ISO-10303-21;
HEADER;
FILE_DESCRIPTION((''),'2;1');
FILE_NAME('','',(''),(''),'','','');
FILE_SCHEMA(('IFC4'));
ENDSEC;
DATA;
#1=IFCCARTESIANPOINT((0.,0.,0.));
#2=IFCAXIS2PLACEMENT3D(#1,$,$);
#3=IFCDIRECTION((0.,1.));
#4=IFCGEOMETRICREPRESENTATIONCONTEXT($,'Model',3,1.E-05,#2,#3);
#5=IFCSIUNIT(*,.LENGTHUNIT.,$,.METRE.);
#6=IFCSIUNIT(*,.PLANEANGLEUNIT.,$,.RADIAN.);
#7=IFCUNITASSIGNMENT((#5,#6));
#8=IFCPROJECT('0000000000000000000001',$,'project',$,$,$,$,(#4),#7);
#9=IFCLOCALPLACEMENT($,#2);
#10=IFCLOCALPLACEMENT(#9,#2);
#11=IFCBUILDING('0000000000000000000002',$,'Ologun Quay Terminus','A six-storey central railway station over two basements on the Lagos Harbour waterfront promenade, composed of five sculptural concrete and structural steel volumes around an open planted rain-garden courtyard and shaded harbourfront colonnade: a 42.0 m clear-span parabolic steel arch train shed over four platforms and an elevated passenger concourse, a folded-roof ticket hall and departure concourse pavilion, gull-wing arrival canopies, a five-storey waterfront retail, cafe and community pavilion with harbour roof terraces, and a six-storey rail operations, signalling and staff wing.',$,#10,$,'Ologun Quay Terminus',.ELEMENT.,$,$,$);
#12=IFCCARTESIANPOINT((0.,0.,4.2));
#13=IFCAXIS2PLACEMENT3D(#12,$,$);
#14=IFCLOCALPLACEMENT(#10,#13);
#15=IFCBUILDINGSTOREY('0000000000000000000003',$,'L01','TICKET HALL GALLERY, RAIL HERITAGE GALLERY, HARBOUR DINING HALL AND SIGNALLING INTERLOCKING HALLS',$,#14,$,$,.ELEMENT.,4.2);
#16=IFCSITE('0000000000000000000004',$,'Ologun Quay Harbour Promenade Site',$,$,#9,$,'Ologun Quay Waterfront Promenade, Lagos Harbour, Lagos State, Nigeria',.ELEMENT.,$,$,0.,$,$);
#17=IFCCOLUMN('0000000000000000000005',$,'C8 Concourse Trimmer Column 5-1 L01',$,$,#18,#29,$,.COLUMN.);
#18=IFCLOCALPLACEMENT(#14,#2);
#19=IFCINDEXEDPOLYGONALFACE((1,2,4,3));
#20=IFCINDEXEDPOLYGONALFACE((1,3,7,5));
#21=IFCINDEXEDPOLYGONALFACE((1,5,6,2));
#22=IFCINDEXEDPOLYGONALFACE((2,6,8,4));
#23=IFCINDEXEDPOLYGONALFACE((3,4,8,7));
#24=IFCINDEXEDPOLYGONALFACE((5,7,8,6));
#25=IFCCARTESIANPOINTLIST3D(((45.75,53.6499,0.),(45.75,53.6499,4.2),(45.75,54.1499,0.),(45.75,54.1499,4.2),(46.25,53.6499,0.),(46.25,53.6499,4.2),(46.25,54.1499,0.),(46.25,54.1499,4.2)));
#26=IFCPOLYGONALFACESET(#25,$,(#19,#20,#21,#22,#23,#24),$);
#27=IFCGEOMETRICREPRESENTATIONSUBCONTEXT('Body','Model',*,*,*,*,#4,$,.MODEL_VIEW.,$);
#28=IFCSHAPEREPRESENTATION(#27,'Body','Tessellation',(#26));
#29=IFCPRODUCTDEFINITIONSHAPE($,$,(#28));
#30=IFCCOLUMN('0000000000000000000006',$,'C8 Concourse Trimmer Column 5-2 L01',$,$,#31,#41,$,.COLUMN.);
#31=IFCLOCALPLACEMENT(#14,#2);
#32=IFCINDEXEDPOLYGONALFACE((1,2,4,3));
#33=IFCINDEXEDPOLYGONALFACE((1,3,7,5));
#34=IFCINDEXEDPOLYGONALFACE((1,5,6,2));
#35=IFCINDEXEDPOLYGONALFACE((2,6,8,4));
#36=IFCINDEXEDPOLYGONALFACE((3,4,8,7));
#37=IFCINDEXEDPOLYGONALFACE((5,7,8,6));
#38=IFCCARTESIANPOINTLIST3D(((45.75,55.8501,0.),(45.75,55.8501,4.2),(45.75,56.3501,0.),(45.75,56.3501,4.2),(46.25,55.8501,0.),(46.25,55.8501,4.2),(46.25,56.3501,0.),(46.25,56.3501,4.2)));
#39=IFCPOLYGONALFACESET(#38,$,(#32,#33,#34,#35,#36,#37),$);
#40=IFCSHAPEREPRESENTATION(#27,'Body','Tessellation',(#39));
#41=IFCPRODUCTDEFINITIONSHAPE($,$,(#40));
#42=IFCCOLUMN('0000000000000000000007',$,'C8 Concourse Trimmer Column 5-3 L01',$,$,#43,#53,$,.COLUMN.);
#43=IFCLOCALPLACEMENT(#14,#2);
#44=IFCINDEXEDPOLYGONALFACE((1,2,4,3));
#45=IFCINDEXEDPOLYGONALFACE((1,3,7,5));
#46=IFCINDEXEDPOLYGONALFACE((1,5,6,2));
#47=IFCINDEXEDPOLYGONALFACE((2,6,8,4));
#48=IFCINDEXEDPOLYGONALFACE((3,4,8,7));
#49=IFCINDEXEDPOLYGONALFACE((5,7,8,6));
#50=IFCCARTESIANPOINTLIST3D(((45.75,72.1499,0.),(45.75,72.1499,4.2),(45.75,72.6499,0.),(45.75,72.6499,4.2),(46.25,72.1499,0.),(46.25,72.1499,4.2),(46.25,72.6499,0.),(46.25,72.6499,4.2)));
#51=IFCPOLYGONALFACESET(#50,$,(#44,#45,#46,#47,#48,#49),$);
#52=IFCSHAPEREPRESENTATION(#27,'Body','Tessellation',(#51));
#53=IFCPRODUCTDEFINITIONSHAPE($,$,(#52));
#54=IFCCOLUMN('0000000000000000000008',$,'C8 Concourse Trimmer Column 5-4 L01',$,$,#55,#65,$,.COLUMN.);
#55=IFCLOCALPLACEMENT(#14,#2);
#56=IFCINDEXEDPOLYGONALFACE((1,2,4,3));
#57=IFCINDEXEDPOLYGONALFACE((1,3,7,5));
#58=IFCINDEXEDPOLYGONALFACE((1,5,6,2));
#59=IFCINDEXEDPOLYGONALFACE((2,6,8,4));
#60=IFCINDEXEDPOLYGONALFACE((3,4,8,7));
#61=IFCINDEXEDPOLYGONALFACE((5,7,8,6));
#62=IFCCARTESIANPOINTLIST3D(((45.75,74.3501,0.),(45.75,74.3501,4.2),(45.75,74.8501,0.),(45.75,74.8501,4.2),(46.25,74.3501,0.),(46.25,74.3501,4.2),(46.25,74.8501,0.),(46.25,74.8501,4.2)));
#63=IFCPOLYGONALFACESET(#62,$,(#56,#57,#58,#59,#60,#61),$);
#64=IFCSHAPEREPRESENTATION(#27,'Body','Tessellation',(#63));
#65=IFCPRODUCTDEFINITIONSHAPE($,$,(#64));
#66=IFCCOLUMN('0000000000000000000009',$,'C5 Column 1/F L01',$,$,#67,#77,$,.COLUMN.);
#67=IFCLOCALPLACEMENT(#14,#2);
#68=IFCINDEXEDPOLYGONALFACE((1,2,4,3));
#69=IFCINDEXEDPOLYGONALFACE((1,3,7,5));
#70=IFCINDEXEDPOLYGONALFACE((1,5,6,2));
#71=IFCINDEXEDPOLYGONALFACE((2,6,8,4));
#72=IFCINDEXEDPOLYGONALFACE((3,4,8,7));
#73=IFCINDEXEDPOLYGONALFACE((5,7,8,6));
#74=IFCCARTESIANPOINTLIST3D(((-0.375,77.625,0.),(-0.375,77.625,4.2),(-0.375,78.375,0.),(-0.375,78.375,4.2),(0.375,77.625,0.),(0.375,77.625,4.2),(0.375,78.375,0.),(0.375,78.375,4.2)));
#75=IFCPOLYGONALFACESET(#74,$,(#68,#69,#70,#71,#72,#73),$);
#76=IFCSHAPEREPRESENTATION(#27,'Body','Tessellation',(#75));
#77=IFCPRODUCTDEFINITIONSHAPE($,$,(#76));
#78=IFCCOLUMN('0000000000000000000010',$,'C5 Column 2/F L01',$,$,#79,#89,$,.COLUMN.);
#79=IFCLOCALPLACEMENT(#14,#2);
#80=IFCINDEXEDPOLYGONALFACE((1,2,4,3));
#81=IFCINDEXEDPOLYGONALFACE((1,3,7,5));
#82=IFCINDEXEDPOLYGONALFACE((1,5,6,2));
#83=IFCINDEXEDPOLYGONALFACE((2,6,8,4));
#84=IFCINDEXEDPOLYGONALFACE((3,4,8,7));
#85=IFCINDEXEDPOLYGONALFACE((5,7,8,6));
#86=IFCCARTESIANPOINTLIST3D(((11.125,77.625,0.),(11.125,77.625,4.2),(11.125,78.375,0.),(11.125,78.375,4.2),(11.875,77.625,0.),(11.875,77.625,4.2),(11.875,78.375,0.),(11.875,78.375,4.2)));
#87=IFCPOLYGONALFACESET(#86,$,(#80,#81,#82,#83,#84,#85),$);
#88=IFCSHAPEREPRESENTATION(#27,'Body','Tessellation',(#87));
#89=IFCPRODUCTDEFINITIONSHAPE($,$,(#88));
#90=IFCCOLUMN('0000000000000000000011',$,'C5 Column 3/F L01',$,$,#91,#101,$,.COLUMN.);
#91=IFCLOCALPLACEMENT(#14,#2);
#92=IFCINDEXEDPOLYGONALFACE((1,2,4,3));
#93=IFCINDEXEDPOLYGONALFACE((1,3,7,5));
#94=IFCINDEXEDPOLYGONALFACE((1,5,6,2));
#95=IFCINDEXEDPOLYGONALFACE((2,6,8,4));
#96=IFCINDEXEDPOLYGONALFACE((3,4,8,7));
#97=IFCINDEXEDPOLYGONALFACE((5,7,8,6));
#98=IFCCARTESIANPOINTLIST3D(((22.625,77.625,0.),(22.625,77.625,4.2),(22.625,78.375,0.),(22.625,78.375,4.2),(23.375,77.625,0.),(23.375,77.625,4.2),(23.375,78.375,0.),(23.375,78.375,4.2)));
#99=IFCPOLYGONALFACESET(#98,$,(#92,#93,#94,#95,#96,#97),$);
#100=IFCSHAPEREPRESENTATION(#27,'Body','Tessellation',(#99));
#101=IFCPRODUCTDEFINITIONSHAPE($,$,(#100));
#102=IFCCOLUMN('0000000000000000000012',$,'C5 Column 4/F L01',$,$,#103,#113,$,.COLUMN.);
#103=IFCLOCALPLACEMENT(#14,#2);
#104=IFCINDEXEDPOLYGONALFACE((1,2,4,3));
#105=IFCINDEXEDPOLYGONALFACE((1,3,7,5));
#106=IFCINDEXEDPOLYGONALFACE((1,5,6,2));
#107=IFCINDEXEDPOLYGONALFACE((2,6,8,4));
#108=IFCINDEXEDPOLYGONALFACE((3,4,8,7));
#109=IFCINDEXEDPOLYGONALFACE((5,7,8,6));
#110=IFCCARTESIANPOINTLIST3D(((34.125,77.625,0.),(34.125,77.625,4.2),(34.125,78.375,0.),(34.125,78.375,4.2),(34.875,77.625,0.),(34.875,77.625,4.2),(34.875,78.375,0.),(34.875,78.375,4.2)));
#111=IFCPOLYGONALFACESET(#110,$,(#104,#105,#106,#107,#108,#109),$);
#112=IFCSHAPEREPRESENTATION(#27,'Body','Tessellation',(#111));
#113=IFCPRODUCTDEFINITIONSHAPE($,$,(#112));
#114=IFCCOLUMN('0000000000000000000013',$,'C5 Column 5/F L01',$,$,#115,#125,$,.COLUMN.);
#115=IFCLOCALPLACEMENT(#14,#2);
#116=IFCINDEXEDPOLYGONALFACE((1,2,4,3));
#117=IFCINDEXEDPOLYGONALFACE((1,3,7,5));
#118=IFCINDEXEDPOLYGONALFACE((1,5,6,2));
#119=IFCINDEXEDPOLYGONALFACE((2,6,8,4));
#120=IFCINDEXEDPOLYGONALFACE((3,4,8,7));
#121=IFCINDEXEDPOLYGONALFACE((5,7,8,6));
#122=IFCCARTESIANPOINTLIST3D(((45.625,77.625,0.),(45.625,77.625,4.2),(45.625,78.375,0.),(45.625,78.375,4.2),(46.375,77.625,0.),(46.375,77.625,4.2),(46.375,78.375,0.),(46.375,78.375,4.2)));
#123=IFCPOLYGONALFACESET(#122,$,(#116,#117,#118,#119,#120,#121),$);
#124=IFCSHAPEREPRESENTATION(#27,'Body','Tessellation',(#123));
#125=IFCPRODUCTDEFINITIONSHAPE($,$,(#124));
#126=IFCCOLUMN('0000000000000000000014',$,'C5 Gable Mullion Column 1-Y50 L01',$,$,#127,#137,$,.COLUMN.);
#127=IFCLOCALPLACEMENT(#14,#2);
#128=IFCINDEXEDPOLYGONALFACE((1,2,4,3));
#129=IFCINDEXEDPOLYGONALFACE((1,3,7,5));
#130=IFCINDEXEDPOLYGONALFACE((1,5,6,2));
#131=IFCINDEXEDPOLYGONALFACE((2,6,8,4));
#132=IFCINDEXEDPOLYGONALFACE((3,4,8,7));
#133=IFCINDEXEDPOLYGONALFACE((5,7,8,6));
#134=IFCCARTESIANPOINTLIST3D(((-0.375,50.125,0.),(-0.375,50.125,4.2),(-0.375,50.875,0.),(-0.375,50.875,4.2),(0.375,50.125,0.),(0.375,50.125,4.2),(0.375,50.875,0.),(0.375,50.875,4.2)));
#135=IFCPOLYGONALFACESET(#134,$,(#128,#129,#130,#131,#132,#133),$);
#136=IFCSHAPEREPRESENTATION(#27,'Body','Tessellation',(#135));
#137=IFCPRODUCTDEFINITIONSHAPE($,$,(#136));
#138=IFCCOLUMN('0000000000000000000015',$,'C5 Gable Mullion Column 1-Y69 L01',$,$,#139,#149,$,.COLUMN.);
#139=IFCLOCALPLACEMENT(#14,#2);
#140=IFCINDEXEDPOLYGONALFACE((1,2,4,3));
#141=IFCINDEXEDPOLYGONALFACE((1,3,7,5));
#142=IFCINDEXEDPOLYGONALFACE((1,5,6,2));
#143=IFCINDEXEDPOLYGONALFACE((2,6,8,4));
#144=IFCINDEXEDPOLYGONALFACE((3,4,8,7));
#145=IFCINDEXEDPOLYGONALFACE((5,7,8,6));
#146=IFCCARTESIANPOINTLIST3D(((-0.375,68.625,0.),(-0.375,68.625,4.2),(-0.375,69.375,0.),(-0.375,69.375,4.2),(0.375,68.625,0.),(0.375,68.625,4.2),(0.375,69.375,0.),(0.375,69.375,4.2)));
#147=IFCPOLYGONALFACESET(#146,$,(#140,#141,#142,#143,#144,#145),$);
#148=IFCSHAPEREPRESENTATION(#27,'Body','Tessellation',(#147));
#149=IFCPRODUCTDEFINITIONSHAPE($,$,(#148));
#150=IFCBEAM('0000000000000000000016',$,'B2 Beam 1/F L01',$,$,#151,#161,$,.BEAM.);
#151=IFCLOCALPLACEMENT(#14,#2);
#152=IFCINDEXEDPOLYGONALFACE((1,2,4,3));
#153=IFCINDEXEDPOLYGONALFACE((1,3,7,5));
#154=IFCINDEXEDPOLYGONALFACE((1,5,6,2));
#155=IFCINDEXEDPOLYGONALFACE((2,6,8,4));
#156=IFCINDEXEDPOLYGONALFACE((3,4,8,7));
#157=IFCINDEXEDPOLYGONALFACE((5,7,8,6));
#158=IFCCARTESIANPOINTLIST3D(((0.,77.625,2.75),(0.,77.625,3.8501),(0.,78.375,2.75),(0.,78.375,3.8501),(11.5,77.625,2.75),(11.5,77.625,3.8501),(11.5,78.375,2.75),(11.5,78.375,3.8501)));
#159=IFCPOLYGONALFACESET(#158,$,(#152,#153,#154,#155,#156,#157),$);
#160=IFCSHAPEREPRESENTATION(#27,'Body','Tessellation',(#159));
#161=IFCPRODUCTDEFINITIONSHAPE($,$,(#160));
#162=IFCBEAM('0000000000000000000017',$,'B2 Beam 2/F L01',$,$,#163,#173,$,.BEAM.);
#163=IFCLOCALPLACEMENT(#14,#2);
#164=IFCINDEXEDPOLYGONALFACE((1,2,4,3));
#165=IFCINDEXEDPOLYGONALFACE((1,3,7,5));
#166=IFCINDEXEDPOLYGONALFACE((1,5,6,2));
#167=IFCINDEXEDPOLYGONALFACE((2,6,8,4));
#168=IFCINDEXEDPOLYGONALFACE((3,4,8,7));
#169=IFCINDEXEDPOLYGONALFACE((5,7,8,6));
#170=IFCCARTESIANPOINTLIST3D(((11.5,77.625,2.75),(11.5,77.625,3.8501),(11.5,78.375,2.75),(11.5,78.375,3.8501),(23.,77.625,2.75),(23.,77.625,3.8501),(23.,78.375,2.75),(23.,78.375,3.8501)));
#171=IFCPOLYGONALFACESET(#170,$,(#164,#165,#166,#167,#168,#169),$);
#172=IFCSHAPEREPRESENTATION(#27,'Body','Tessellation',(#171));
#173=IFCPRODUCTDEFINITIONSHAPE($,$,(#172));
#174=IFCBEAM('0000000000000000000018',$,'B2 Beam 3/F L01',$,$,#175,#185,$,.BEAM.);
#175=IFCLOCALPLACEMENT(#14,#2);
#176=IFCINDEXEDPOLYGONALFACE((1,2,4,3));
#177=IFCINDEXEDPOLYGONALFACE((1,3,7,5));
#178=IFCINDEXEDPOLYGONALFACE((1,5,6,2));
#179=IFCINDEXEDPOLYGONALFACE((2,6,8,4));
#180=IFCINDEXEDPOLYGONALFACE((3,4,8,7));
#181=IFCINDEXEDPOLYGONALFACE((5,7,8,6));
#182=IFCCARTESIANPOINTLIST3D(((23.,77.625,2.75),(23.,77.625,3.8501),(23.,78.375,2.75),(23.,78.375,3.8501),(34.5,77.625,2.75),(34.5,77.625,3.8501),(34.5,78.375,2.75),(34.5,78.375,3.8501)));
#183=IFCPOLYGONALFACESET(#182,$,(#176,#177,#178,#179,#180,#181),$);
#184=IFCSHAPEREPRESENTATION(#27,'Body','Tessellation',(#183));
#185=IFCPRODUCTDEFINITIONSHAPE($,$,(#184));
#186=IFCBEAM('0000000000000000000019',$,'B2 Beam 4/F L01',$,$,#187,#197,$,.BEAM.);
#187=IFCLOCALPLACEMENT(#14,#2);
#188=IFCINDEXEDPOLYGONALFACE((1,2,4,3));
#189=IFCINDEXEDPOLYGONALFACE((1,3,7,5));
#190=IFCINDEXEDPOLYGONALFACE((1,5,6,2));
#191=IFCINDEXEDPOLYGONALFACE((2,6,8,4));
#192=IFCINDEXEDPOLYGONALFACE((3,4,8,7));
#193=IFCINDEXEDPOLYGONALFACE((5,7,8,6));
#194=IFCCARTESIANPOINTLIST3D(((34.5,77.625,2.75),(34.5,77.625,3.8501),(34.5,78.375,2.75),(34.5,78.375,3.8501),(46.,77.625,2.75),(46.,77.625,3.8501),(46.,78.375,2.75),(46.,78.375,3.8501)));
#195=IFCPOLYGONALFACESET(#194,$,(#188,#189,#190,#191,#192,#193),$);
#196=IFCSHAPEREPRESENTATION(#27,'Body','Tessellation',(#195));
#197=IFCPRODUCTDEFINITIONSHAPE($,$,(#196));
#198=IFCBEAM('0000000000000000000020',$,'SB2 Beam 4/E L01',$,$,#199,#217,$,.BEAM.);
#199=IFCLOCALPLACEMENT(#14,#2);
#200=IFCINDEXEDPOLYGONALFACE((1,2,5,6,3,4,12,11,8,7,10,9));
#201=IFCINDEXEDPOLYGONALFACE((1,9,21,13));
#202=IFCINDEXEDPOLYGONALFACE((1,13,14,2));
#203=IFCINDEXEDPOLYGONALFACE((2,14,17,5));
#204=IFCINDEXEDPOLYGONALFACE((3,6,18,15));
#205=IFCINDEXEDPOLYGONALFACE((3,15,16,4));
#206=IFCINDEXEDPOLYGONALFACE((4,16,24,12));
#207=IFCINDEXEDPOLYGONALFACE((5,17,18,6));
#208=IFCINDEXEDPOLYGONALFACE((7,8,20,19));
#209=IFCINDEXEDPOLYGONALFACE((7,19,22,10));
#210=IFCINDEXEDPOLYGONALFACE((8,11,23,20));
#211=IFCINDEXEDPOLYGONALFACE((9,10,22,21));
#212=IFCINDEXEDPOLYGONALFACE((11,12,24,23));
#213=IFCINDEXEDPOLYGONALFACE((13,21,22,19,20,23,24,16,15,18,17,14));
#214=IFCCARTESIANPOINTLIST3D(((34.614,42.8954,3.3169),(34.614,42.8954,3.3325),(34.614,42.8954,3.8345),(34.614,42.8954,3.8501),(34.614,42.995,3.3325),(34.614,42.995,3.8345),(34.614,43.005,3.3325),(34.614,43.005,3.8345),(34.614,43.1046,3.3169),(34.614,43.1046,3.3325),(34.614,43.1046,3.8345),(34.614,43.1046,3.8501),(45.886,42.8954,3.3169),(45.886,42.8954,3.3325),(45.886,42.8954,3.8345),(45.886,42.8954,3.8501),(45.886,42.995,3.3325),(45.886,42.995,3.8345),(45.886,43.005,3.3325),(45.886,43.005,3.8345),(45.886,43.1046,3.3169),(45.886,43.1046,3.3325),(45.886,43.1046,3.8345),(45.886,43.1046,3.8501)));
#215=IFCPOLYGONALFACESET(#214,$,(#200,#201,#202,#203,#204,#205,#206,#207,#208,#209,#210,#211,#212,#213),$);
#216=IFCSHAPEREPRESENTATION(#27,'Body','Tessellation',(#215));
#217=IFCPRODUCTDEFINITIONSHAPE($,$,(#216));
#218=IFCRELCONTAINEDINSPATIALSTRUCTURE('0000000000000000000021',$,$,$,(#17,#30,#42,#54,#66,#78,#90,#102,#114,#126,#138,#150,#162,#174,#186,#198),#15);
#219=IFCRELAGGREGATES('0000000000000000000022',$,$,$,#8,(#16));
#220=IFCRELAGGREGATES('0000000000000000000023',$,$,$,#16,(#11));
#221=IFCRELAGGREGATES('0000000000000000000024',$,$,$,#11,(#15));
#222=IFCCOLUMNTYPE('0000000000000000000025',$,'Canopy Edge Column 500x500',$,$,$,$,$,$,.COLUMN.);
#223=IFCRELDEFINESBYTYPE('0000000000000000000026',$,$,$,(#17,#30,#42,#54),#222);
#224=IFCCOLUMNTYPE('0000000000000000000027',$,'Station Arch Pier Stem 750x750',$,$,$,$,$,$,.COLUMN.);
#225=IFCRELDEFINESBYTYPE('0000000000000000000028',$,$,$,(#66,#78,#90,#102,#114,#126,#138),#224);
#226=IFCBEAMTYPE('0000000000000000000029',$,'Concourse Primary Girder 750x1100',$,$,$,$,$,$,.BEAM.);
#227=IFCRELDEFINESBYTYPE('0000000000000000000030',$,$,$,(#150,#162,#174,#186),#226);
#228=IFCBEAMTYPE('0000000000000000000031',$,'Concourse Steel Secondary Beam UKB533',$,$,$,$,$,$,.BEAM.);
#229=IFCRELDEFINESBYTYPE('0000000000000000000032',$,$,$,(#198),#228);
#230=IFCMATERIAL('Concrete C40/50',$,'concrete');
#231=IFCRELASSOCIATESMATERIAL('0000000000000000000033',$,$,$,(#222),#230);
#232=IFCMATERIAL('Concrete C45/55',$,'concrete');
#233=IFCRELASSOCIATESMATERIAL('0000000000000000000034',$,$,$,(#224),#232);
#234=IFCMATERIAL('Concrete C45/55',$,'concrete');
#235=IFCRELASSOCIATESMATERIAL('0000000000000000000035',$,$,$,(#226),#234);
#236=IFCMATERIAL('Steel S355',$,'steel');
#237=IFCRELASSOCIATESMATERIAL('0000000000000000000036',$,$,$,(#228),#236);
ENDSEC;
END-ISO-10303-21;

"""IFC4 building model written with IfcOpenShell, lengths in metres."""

from ifc_helpers import new_model, si_unit, direction, frame, origin, origin_2d, place, context, subcontext, project, spatial, rectangle, i_section, extrude, material, material_profile, profile_set, type_object, element, save


model = new_model("IFC4")

# Units and contexts
model_context = context("Model", 3, precision=1e-05, world=origin(), true_north=direction((0.0, 1.0)))
body_context = subcontext(model_context, "Body", "Model", "MODEL_VIEW")
ifc_project = project(units=[si_unit("LENGTHUNIT", "METRE"), si_unit("PLANEANGLEUNIT", "RADIAN")], contexts=[model_context])

# Site, building, storey
site_placement = place(None, origin())
site = spatial("IfcSite", under=ifc_project, at=site_placement, Name="Ologun Quay Harbour Promenade Site", LongName="Ologun Quay Waterfront Promenade, Lagos Harbour, Lagos State, Nigeria", CompositionType="ELEMENT", RefElevation=0.0)
building_placement = place(site_placement, origin())
building = spatial("IfcBuilding", under=site, at=building_placement, Name="Ologun Quay Terminus", Description="A six-storey central railway station over two basements on the Lagos Harbour waterfront promenade, composed of five sculptural concrete and structural steel volumes around an open planted rain-garden courtyard and shaded harbourfront colonnade: a 42.0 m clear-span parabolic steel arch train shed over four platforms and an elevated passenger concourse, a folded-roof ticket hall and departure concourse pavilion, gull-wing arrival canopies, a five-storey waterfront retail, cafe and community pavilion with harbour roof terraces, and a six-storey rail operations, signalling and staff wing.", LongName="Ologun Quay Terminus", CompositionType="ELEMENT")
storey_placement = place(building_placement, frame((0.0, 0.0, 4.2)))
storey = spatial("IfcBuildingStorey", under=building, at=storey_placement, Name="L01", Description="TICKET HALL GALLERY, RAIL HERITAGE GALLERY, HARBOUR DINING HALL AND SIGNALLING INTERLOCKING HALLS", CompositionType="ELEMENT", Elevation=4.2)

# Columns
ifc_material_1 = material(Name="Concrete C40/50", Category="concrete")
ifc_material_profile_1 = material_profile(ifc_material_1, rectangle(XDim=0.5, YDim=0.5, at=origin_2d()), Name="RC 500x500")
ifc_profile_set_1 = profile_set([ifc_material_profile_1], Name="Concrete C40/50")
column_type_1 = type_object("IfcColumnType", Name="Canopy Edge Column 500x500", PredefinedType="COLUMN", material=ifc_profile_set_1)
for number, where, z_axis, x_axis, name in (
    (1, (46.0, 53.8999, 0.0), (0.0, 0.0, 1.0), (1.0, 0.0, 0.0), "C8 Concourse Trimmer Column 5-1 L01"),
    (2, (46.0, 56.1001, 0.0), (0.0, 0.0, 1.0), (1.0, 0.0, 0.0), "C8 Concourse Trimmer Column 5-2 L01"),
    (3, (46.0, 72.3999, 0.0), (0.0, 0.0, 1.0), (1.0, 0.0, 0.0), "C8 Concourse Trimmer Column 5-3 L01"),
    (4, (46.0, 74.6001, 0.0), (0.0, 0.0, 1.0), (1.0, 0.0, 0.0), "C8 Concourse Trimmer Column 5-4 L01"),
):
    element("IfcColumn", number, at=place(storey_placement, frame(where, z_axis=z_axis, x_axis=x_axis)), inside=storey, type_object=column_type_1, Name=name, PredefinedType="COLUMN", context=body_context, shape_type="SweptSolid", body=[
        extrude(rectangle(XDim=0.5, YDim=0.5, at=origin_2d()), origin(), (0.0, 0.0, 1.0), 4.2),
    ])
ifc_material_2 = material(Name="Concrete C45/55", Category="concrete")
ifc_material_profile_2 = material_profile(ifc_material_2, rectangle(XDim=0.75, YDim=0.75, at=origin_2d()), Name="RC 750x750")
ifc_profile_set_2 = profile_set([ifc_material_profile_2], Name="Concrete C45/55")
column_type_2 = type_object("IfcColumnType", Name="Station Arch Pier Stem 750x750", PredefinedType="COLUMN", material=ifc_profile_set_2)
for number, where, z_axis, x_axis, name in (
    (5, (0.0, 78.0, 0.0), (0.0, 0.0, 1.0), (1.0, 0.0, 0.0), "C5 Column 1/F L01"),
    (6, (11.5, 78.0, 0.0), (0.0, 0.0, 1.0), (1.0, 0.0, 0.0), "C5 Column 2/F L01"),
    (7, (23.0, 78.0, 0.0), (0.0, 0.0, 1.0), (1.0, 0.0, 0.0), "C5 Column 3/F L01"),
    (8, (34.5, 78.0, 0.0), (0.0, 0.0, 1.0), (1.0, 0.0, 0.0), "C5 Column 4/F L01"),
    (9, (46.0, 78.0, 0.0), (0.0, 0.0, 1.0), (1.0, 0.0, 0.0), "C5 Column 5/F L01"),
    (10, (0.0, 50.5, 0.0), (0.0, 0.0, 1.0), (1.0, 0.0, 0.0), "C5 Gable Mullion Column 1-Y50 L01"),
    (11, (0.0, 69.0, 0.0), (0.0, 0.0, 1.0), (1.0, 0.0, 0.0), "C5 Gable Mullion Column 1-Y69 L01"),
):
    element("IfcColumn", number, at=place(storey_placement, frame(where, z_axis=z_axis, x_axis=x_axis)), inside=storey, type_object=column_type_2, Name=name, PredefinedType="COLUMN", context=body_context, shape_type="SweptSolid", body=[
        extrude(rectangle(XDim=0.75, YDim=0.75, at=origin_2d()), origin(), (0.0, 0.0, 1.0), 4.2),
    ])

# Beams
ifc_material_3 = material(Name="Concrete C45/55", Category="concrete")
ifc_material_profile_3 = material_profile(ifc_material_3, rectangle(XDim=0.75, YDim=1.1001, at=origin_2d()), Name="RC 750x1100")
ifc_profile_set_3 = profile_set([ifc_material_profile_3], Name="Concrete C45/55")
beam_type_1 = type_object("IfcBeamType", Name="Concourse Primary Girder 750x1100", PredefinedType="BEAM", material=ifc_profile_set_3)
for number, where, z_axis, x_axis, name in (
    (12, (0.0, 78.0, 3.3), (1.0, 0.0, 0.0), (0.0, 1.0, 0.0), "B2 Beam 1/F L01"),
    (13, (11.5, 78.0, 3.3), (1.0, 0.0, 0.0), (0.0, 1.0, 0.0), "B2 Beam 2/F L01"),
    (14, (23.0, 78.0, 3.3), (1.0, 0.0, 0.0), (0.0, 1.0, 0.0), "B2 Beam 3/F L01"),
    (15, (34.5, 78.0, 3.3), (1.0, 0.0, 0.0), (0.0, 1.0, 0.0), "B2 Beam 4/F L01"),
):
    element("IfcBeam", number, at=place(storey_placement, frame(where, z_axis=z_axis, x_axis=x_axis)), inside=storey, type_object=beam_type_1, Name=name, PredefinedType="BEAM", context=body_context, shape_type="SweptSolid", body=[
        extrude(rectangle(XDim=0.75, YDim=1.1001, at=origin_2d()), origin(), (0.0, 0.0, 1.0), 11.5),
    ])
ifc_material_4 = material(Name="Steel S355", Category="steel")
ifc_material_profile_4 = material_profile(ifc_material_4, i_section(OverallWidth=0.2092, OverallDepth=0.5332, WebThickness=0.01, FlangeThickness=0.0156, at=origin_2d()), Name="UKB 533x210x92")
ifc_profile_set_4 = profile_set([ifc_material_profile_4], Name="Steel S355")
beam_type_2 = type_object("IfcBeamType", Name="Concourse Steel Secondary Beam UKB533", PredefinedType="BEAM", material=ifc_profile_set_4)
for number, where, z_axis, x_axis, name in (
    (16, (34.614, 43.0, 3.5835), (1.0, 0.0, 0.0), (0.0, 1.0, 0.0), "SB2 Beam 4/E L01"),
):
    element("IfcBeam", number, at=place(storey_placement, frame(where, z_axis=z_axis, x_axis=x_axis)), inside=storey, type_object=beam_type_2, Name=name, PredefinedType="BEAM", context=body_context, shape_type="SweptSolid", body=[
        extrude(i_section(OverallWidth=0.2092, OverallDepth=0.5332, WebThickness=0.01, FlangeThickness=0.0156, at=origin_2d()), origin(), (0.0, 0.0, 1.0), 11.272),
    ])

save(model, "model.ifc")
